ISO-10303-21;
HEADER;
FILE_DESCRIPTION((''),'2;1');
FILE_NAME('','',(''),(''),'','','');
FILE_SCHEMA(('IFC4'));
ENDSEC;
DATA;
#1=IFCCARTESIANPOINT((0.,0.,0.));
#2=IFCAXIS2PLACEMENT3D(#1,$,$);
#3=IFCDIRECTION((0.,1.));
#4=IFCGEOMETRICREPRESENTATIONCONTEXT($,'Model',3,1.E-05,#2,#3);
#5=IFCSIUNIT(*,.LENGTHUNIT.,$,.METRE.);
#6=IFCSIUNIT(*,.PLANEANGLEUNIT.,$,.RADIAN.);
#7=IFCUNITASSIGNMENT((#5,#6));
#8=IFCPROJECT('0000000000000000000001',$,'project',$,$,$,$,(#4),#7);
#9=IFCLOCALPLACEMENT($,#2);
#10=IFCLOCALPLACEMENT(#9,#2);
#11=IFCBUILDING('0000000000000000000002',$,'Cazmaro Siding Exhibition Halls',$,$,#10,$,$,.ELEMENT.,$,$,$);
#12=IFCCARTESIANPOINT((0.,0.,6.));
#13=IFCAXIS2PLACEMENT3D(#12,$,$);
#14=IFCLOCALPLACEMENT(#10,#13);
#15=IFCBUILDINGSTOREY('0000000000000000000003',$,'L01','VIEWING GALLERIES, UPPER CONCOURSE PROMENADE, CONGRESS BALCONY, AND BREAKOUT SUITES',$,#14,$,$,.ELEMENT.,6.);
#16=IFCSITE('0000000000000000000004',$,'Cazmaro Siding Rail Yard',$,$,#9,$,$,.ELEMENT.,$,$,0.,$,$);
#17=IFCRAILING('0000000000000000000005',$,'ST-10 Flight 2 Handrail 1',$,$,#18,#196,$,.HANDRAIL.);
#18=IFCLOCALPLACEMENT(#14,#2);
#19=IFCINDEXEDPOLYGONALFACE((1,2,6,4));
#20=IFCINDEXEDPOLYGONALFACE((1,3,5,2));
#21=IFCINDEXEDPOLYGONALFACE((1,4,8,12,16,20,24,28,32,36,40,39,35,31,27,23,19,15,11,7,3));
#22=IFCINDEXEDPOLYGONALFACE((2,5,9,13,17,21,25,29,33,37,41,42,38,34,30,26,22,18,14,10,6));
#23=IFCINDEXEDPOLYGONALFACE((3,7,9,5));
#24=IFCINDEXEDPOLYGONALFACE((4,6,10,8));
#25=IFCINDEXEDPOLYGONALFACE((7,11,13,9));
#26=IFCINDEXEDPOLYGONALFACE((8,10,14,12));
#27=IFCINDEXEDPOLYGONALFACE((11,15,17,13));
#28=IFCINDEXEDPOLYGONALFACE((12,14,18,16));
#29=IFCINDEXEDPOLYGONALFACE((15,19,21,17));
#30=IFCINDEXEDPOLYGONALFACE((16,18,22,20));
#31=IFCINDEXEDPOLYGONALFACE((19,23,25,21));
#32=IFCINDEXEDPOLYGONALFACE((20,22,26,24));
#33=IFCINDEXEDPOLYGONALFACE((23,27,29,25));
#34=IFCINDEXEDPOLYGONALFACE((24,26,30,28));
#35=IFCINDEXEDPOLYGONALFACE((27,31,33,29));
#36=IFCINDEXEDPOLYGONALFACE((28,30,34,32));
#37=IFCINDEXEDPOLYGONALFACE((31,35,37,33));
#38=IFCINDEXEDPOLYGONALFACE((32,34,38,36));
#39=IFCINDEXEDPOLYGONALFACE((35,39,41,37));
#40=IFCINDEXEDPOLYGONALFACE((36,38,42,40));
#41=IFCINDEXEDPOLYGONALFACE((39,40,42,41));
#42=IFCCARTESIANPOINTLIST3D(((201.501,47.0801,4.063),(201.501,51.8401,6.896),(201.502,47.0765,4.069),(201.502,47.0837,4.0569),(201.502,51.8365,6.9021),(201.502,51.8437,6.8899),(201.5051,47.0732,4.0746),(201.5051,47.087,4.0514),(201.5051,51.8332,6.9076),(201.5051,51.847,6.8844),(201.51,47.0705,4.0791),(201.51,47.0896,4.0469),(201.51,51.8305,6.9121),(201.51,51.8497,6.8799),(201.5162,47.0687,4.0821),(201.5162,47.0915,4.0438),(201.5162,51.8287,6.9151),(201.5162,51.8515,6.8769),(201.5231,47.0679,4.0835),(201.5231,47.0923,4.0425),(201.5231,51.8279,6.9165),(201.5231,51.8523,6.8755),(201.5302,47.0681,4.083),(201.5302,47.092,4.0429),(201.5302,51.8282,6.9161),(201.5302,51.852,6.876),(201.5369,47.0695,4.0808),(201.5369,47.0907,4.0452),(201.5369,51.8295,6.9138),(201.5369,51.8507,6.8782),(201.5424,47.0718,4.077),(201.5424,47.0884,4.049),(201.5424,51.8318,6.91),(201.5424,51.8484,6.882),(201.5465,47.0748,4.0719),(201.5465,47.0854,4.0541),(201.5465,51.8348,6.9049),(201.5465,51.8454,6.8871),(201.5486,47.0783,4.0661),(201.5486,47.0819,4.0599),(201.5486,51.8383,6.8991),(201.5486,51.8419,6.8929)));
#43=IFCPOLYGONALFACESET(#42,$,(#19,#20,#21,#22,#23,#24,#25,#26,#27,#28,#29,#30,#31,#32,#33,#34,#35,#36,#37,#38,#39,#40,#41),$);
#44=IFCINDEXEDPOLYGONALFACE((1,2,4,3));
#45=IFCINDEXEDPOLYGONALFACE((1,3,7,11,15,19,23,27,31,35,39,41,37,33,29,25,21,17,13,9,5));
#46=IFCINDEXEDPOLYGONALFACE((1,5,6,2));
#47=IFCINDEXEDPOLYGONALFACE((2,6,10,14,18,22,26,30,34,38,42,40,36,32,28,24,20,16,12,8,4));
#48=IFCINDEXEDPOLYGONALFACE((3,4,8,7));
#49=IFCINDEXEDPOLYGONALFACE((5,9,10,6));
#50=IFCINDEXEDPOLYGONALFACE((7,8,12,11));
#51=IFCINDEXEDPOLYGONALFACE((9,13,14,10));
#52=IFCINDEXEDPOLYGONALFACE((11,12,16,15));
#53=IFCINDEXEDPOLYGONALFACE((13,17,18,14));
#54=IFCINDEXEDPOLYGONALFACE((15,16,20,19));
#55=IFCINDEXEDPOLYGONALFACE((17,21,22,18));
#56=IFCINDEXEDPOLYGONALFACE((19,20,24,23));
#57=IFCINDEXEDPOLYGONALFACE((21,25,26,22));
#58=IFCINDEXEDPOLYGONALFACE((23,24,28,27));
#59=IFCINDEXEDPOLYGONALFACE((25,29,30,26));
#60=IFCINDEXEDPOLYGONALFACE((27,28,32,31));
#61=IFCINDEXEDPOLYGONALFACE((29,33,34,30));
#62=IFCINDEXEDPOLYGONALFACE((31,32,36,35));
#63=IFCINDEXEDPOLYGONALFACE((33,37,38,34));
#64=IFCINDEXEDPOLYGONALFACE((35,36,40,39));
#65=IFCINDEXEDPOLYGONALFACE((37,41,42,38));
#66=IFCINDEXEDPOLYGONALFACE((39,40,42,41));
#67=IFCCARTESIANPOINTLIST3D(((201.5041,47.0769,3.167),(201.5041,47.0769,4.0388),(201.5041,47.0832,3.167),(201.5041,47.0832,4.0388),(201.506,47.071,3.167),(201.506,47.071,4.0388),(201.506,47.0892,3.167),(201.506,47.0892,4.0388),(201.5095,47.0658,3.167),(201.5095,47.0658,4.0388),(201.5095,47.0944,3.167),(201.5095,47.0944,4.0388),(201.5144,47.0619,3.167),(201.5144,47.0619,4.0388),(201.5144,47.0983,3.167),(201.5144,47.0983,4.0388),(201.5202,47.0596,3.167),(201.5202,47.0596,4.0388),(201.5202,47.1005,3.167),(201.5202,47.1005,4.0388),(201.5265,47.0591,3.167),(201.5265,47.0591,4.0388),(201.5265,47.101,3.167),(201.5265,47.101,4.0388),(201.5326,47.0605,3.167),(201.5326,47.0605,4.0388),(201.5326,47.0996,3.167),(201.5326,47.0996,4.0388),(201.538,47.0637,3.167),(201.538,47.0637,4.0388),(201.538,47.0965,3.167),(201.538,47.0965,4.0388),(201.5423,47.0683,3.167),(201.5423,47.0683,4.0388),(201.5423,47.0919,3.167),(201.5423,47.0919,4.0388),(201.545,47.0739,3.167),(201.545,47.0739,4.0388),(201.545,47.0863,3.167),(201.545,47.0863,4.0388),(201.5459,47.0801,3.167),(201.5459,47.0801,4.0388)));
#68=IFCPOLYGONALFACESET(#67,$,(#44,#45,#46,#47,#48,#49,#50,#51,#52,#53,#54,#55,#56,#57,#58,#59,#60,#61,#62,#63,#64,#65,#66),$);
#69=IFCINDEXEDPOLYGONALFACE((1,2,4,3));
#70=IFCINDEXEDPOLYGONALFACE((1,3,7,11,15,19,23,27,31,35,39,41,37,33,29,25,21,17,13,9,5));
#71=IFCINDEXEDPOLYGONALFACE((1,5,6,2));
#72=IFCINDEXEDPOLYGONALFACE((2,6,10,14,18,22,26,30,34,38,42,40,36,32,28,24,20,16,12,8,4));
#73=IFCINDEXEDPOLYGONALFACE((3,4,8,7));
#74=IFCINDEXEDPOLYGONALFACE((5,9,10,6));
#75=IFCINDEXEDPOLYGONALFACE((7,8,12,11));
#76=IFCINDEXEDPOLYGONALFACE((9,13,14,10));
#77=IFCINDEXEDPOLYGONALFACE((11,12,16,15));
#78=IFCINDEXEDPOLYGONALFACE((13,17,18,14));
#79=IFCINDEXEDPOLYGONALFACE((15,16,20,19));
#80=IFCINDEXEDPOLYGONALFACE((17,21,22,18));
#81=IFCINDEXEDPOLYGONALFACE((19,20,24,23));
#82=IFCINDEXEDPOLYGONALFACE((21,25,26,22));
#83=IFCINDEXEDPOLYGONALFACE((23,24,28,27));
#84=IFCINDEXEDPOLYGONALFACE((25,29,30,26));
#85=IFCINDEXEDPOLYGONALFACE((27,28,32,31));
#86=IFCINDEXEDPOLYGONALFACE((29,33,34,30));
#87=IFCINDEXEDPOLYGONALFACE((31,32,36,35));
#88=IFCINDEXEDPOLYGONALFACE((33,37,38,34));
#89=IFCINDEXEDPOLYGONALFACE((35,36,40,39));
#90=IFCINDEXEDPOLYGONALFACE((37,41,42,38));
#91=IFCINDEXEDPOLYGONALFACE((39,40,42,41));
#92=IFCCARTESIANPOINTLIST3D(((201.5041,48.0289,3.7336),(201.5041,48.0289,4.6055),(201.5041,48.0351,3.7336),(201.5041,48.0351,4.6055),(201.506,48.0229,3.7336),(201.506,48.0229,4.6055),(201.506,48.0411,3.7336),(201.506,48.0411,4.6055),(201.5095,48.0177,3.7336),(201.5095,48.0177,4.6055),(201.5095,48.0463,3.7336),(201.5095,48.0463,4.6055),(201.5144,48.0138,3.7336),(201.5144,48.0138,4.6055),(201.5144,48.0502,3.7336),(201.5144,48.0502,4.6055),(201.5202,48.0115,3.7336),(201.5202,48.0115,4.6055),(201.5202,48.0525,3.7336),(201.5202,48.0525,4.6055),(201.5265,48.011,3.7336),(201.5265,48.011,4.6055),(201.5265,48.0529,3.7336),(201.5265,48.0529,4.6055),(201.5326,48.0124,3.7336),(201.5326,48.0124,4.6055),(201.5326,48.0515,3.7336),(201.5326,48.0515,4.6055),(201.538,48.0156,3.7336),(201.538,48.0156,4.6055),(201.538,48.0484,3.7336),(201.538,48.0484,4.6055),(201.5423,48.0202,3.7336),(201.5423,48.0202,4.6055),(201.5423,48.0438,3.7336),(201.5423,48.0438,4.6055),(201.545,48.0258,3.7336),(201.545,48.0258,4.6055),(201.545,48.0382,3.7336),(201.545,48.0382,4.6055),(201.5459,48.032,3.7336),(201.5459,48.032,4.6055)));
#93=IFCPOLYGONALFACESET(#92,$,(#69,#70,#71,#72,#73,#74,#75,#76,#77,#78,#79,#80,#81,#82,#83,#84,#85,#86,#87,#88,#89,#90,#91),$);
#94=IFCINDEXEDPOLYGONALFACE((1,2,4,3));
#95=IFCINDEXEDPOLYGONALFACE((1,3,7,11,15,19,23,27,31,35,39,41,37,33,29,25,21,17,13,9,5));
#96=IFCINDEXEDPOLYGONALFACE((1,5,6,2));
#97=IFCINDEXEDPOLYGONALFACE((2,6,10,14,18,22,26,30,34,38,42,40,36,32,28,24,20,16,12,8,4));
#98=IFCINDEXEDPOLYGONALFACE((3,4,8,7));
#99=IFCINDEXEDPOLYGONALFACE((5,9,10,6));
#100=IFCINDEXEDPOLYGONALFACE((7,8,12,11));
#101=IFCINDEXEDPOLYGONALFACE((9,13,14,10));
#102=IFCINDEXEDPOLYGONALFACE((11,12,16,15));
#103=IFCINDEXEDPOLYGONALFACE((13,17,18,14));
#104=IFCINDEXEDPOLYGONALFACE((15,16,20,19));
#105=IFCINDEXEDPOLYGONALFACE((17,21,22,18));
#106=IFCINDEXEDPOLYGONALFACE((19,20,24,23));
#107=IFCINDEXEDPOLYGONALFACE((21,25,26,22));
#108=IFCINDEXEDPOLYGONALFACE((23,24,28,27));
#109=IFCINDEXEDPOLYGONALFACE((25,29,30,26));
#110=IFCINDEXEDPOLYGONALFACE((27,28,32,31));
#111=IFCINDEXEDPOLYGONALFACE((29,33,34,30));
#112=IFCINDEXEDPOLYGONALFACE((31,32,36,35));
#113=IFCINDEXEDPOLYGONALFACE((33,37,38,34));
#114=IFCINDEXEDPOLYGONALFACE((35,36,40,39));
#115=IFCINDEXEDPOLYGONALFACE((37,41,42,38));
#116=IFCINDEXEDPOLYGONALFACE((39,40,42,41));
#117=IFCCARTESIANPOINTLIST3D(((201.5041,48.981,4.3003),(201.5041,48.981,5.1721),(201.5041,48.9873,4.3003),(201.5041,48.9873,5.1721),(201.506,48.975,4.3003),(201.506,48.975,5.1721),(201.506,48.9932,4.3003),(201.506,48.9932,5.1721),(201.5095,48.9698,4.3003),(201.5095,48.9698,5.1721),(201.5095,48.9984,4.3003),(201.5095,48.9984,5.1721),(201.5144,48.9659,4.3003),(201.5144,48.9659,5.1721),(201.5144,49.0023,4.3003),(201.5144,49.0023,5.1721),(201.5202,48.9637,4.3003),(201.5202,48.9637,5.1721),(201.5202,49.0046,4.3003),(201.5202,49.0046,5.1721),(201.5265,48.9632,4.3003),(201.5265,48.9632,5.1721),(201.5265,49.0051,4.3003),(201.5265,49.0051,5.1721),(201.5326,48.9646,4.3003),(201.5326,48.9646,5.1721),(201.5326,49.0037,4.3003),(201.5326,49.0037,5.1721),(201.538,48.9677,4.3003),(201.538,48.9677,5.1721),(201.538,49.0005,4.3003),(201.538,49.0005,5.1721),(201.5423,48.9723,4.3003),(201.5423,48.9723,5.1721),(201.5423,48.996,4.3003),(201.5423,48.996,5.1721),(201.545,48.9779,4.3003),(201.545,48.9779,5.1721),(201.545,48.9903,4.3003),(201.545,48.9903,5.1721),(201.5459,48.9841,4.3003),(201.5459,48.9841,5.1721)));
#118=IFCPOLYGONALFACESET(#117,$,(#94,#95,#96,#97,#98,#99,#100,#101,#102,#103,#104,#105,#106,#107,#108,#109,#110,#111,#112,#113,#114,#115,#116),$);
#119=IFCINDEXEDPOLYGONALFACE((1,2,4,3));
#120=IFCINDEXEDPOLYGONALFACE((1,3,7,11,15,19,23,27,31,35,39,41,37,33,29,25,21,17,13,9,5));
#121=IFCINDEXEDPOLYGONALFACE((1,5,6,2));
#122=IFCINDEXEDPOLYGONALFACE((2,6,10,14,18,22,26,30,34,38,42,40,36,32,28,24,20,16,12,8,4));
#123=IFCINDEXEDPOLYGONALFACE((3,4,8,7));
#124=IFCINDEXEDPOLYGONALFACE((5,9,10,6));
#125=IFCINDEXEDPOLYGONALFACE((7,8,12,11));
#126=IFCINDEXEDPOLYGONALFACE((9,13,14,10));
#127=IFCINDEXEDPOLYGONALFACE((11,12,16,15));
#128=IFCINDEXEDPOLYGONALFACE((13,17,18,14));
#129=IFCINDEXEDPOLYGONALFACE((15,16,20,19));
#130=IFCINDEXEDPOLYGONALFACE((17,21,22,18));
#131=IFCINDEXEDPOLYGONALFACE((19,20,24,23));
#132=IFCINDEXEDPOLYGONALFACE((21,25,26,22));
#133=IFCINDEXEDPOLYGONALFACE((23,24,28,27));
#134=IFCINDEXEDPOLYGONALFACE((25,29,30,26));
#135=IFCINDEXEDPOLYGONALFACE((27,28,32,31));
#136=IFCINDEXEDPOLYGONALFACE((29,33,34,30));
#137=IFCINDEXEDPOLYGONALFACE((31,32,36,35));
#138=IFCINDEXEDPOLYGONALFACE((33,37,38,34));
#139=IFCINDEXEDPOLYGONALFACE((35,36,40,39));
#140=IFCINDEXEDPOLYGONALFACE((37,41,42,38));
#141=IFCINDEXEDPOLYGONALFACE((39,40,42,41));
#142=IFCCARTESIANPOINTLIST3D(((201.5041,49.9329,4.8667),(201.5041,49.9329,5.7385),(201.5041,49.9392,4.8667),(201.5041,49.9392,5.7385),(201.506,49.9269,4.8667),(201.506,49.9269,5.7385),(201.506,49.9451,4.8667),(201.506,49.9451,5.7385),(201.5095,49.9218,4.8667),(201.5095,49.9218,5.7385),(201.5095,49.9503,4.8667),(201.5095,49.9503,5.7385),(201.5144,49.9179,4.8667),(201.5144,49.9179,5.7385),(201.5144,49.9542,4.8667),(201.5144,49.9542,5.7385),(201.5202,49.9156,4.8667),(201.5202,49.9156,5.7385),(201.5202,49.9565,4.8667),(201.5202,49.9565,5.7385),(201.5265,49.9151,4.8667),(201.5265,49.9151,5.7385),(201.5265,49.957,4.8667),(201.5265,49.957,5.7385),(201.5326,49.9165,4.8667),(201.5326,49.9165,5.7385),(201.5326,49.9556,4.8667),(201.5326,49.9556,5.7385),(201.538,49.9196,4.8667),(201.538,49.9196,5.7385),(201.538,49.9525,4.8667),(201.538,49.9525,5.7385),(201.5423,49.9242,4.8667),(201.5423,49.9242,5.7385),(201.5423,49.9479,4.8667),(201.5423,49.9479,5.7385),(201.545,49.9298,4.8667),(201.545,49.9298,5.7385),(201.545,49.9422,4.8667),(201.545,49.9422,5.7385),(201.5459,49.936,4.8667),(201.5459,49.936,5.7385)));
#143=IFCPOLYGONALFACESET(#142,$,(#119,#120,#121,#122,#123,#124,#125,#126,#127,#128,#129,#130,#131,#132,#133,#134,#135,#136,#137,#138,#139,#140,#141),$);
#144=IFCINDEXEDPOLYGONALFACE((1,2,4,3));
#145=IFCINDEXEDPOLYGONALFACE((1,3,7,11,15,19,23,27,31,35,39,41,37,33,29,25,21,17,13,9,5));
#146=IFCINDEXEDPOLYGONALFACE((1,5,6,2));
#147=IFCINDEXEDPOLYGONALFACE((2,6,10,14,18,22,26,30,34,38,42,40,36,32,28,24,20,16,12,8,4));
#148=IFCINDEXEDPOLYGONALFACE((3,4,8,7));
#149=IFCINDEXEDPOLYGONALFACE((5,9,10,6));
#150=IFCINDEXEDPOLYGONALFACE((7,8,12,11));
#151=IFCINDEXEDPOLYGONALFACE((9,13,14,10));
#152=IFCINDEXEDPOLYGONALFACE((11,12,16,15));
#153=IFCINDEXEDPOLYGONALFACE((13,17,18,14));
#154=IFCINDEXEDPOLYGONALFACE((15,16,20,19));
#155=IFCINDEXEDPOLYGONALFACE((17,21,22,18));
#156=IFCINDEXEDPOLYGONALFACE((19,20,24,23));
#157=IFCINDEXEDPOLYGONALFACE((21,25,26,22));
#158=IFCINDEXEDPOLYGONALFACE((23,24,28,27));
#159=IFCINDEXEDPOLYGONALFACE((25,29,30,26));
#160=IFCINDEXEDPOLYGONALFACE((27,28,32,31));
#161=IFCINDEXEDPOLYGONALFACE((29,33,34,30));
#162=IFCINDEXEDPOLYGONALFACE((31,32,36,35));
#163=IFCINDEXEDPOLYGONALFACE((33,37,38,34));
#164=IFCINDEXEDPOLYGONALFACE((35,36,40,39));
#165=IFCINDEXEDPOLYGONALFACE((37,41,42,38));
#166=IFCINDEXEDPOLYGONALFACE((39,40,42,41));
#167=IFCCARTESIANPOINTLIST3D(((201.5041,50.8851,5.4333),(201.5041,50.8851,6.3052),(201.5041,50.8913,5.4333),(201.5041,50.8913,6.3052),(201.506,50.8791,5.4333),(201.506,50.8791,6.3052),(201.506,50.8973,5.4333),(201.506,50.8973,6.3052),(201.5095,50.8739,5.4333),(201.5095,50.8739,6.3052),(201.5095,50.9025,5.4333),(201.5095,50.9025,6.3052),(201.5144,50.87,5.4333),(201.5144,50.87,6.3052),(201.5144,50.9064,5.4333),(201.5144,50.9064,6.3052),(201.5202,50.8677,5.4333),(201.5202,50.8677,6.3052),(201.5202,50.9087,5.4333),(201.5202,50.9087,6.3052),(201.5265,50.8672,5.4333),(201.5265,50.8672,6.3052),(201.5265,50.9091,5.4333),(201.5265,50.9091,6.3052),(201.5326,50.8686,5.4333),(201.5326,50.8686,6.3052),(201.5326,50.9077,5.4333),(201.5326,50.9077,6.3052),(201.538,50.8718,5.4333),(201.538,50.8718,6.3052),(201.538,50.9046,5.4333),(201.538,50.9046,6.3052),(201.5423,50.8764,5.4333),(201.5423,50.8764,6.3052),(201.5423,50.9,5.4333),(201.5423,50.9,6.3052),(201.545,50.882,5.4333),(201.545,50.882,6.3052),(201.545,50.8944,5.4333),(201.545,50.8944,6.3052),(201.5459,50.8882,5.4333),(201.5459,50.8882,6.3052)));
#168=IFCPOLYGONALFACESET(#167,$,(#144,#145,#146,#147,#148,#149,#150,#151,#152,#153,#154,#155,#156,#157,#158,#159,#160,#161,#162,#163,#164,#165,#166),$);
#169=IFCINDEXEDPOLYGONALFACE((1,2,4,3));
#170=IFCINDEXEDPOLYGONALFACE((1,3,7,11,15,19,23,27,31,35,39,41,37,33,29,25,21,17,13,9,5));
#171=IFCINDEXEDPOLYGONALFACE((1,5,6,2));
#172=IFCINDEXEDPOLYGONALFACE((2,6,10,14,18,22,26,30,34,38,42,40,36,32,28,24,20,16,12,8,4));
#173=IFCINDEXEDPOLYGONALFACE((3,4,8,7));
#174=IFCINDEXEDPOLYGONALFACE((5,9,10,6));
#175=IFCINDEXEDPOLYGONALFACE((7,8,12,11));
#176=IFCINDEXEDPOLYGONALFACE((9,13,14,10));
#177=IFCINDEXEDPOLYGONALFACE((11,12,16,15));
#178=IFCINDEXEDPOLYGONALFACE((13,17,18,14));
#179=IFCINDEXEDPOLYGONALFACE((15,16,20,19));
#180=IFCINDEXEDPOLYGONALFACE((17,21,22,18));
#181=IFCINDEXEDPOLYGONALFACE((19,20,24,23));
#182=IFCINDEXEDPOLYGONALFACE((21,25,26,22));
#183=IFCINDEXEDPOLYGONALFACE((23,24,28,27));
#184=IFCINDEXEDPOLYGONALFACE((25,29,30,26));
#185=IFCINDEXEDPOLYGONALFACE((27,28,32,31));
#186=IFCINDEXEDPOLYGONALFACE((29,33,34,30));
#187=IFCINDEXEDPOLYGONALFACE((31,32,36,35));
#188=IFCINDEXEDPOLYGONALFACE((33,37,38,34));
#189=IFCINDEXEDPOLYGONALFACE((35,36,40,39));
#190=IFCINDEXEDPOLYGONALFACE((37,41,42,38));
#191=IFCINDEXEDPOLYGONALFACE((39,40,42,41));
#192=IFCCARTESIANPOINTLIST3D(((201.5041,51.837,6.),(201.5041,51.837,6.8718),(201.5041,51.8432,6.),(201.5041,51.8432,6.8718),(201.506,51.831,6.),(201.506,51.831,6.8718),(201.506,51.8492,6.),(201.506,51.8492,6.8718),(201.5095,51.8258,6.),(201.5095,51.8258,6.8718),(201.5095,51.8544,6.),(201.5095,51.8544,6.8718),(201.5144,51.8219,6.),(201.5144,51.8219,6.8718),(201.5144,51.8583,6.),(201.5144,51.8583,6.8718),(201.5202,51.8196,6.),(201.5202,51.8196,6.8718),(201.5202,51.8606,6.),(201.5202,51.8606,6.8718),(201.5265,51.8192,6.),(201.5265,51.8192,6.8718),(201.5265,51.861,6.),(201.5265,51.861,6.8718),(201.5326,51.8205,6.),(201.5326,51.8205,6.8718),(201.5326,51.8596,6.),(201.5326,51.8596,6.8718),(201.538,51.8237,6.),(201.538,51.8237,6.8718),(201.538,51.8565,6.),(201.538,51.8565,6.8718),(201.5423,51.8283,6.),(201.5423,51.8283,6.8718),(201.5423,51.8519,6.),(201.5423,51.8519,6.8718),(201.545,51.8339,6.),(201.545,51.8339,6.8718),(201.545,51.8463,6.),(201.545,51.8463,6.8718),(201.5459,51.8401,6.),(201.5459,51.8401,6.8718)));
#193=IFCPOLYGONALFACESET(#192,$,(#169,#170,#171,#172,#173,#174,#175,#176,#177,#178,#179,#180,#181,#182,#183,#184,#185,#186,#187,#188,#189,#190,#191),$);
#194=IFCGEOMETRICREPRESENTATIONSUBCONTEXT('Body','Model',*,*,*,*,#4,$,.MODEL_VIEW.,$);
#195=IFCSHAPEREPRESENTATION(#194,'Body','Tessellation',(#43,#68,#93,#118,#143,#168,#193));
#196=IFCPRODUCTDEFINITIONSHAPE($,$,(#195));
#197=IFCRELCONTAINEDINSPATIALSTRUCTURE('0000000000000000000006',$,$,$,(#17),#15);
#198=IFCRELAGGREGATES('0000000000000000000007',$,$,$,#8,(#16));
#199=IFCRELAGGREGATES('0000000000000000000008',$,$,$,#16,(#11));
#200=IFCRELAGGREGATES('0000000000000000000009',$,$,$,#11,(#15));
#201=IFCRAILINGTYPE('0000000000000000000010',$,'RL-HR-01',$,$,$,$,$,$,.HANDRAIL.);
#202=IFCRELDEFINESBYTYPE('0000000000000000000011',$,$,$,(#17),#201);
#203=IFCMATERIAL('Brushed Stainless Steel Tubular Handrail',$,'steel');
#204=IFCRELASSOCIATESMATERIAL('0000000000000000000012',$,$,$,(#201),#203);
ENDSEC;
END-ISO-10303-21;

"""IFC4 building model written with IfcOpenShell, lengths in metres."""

from ifc_helpers import new_model, si_unit, direction, frame, origin, origin_2d, place, context, subcontext, project, spatial, circle, extrude, material, type_object, element, save


model = new_model("IFC4")

# Units and contexts
model_context = context("Model", 3, precision=1e-05, world=origin(), true_north=direction((0.0, 1.0)))
body_context = subcontext(model_context, "Body", "Model", "MODEL_VIEW")
ifc_project = project(units=[si_unit("LENGTHUNIT", "METRE"), si_unit("PLANEANGLEUNIT", "RADIAN")], contexts=[model_context])

# Site, building, storey
site_placement = place(None, origin())
site = spatial("IfcSite", under=ifc_project, at=site_placement, Name="Cazmaro Siding Rail Yard", CompositionType="ELEMENT", RefElevation=0.0)
building_placement = place(site_placement, origin())
building = spatial("IfcBuilding", under=site, at=building_placement, Name="Cazmaro Siding Exhibition Halls", CompositionType="ELEMENT")
storey_placement = place(building_placement, frame((0.0, 0.0, 6.0)))
storey = spatial("IfcBuildingStorey", under=building, at=storey_placement, Name="L01", Description="VIEWING GALLERIES, UPPER CONCOURSE PROMENADE, CONGRESS BALCONY, AND BREAKOUT SUITES", CompositionType="ELEMENT", Elevation=6.0)

# Railing
ifc_material_1 = material(Name="Brushed Stainless Steel Tubular Handrail", Category="steel")
railing_type_1 = type_object("IfcRailingType", Name="RL-HR-01", PredefinedType="HANDRAIL", material=ifc_material_1)
railing_1_placement = place(storey_placement, frame((201.5249, 47.0801, 3.167)))
element("IfcRailing", 1, at=railing_1_placement, inside=storey, type_object=railing_type_1, Name="ST-10 Flight 2 Handrail 1", PredefinedType="HANDRAIL", context=body_context, shape_type="SweptSolid", body=[
    extrude(circle(Radius=0.0239, at=origin_2d()), frame((0.0, 0.0, 0.896), z_axis=(0.0, 0.859319, 0.51144), x_axis=(-1.0, 0.0, 0.0)), (0.0, 0.0, 1.0), 5.5393),
    extrude(circle(Radius=0.021, at=origin_2d()), origin(), (0.0, 0.0, 1.0), 0.8718),
    extrude(circle(Radius=0.021, at=origin_2d()), frame((0.0, 0.9519, 0.5667)), (0.0, 0.0, 1.0), 0.8718),
    extrude(circle(Radius=0.021, at=origin_2d()), frame((0.0, 1.9041, 1.1333)), (0.0, 0.0, 1.0), 0.8718),
    extrude(circle(Radius=0.021, at=origin_2d()), frame((0.0, 2.856, 1.6997)), (0.0, 0.0, 1.0), 0.8718),
    extrude(circle(Radius=0.021, at=origin_2d()), frame((0.0, 3.8081, 2.2664)), (0.0, 0.0, 1.0), 0.8718),
    extrude(circle(Radius=0.021, at=origin_2d()), frame((0.0, 4.76, 2.833)), (0.0, 0.0, 1.0), 0.8718),
])

save(model, "model.ifc")
